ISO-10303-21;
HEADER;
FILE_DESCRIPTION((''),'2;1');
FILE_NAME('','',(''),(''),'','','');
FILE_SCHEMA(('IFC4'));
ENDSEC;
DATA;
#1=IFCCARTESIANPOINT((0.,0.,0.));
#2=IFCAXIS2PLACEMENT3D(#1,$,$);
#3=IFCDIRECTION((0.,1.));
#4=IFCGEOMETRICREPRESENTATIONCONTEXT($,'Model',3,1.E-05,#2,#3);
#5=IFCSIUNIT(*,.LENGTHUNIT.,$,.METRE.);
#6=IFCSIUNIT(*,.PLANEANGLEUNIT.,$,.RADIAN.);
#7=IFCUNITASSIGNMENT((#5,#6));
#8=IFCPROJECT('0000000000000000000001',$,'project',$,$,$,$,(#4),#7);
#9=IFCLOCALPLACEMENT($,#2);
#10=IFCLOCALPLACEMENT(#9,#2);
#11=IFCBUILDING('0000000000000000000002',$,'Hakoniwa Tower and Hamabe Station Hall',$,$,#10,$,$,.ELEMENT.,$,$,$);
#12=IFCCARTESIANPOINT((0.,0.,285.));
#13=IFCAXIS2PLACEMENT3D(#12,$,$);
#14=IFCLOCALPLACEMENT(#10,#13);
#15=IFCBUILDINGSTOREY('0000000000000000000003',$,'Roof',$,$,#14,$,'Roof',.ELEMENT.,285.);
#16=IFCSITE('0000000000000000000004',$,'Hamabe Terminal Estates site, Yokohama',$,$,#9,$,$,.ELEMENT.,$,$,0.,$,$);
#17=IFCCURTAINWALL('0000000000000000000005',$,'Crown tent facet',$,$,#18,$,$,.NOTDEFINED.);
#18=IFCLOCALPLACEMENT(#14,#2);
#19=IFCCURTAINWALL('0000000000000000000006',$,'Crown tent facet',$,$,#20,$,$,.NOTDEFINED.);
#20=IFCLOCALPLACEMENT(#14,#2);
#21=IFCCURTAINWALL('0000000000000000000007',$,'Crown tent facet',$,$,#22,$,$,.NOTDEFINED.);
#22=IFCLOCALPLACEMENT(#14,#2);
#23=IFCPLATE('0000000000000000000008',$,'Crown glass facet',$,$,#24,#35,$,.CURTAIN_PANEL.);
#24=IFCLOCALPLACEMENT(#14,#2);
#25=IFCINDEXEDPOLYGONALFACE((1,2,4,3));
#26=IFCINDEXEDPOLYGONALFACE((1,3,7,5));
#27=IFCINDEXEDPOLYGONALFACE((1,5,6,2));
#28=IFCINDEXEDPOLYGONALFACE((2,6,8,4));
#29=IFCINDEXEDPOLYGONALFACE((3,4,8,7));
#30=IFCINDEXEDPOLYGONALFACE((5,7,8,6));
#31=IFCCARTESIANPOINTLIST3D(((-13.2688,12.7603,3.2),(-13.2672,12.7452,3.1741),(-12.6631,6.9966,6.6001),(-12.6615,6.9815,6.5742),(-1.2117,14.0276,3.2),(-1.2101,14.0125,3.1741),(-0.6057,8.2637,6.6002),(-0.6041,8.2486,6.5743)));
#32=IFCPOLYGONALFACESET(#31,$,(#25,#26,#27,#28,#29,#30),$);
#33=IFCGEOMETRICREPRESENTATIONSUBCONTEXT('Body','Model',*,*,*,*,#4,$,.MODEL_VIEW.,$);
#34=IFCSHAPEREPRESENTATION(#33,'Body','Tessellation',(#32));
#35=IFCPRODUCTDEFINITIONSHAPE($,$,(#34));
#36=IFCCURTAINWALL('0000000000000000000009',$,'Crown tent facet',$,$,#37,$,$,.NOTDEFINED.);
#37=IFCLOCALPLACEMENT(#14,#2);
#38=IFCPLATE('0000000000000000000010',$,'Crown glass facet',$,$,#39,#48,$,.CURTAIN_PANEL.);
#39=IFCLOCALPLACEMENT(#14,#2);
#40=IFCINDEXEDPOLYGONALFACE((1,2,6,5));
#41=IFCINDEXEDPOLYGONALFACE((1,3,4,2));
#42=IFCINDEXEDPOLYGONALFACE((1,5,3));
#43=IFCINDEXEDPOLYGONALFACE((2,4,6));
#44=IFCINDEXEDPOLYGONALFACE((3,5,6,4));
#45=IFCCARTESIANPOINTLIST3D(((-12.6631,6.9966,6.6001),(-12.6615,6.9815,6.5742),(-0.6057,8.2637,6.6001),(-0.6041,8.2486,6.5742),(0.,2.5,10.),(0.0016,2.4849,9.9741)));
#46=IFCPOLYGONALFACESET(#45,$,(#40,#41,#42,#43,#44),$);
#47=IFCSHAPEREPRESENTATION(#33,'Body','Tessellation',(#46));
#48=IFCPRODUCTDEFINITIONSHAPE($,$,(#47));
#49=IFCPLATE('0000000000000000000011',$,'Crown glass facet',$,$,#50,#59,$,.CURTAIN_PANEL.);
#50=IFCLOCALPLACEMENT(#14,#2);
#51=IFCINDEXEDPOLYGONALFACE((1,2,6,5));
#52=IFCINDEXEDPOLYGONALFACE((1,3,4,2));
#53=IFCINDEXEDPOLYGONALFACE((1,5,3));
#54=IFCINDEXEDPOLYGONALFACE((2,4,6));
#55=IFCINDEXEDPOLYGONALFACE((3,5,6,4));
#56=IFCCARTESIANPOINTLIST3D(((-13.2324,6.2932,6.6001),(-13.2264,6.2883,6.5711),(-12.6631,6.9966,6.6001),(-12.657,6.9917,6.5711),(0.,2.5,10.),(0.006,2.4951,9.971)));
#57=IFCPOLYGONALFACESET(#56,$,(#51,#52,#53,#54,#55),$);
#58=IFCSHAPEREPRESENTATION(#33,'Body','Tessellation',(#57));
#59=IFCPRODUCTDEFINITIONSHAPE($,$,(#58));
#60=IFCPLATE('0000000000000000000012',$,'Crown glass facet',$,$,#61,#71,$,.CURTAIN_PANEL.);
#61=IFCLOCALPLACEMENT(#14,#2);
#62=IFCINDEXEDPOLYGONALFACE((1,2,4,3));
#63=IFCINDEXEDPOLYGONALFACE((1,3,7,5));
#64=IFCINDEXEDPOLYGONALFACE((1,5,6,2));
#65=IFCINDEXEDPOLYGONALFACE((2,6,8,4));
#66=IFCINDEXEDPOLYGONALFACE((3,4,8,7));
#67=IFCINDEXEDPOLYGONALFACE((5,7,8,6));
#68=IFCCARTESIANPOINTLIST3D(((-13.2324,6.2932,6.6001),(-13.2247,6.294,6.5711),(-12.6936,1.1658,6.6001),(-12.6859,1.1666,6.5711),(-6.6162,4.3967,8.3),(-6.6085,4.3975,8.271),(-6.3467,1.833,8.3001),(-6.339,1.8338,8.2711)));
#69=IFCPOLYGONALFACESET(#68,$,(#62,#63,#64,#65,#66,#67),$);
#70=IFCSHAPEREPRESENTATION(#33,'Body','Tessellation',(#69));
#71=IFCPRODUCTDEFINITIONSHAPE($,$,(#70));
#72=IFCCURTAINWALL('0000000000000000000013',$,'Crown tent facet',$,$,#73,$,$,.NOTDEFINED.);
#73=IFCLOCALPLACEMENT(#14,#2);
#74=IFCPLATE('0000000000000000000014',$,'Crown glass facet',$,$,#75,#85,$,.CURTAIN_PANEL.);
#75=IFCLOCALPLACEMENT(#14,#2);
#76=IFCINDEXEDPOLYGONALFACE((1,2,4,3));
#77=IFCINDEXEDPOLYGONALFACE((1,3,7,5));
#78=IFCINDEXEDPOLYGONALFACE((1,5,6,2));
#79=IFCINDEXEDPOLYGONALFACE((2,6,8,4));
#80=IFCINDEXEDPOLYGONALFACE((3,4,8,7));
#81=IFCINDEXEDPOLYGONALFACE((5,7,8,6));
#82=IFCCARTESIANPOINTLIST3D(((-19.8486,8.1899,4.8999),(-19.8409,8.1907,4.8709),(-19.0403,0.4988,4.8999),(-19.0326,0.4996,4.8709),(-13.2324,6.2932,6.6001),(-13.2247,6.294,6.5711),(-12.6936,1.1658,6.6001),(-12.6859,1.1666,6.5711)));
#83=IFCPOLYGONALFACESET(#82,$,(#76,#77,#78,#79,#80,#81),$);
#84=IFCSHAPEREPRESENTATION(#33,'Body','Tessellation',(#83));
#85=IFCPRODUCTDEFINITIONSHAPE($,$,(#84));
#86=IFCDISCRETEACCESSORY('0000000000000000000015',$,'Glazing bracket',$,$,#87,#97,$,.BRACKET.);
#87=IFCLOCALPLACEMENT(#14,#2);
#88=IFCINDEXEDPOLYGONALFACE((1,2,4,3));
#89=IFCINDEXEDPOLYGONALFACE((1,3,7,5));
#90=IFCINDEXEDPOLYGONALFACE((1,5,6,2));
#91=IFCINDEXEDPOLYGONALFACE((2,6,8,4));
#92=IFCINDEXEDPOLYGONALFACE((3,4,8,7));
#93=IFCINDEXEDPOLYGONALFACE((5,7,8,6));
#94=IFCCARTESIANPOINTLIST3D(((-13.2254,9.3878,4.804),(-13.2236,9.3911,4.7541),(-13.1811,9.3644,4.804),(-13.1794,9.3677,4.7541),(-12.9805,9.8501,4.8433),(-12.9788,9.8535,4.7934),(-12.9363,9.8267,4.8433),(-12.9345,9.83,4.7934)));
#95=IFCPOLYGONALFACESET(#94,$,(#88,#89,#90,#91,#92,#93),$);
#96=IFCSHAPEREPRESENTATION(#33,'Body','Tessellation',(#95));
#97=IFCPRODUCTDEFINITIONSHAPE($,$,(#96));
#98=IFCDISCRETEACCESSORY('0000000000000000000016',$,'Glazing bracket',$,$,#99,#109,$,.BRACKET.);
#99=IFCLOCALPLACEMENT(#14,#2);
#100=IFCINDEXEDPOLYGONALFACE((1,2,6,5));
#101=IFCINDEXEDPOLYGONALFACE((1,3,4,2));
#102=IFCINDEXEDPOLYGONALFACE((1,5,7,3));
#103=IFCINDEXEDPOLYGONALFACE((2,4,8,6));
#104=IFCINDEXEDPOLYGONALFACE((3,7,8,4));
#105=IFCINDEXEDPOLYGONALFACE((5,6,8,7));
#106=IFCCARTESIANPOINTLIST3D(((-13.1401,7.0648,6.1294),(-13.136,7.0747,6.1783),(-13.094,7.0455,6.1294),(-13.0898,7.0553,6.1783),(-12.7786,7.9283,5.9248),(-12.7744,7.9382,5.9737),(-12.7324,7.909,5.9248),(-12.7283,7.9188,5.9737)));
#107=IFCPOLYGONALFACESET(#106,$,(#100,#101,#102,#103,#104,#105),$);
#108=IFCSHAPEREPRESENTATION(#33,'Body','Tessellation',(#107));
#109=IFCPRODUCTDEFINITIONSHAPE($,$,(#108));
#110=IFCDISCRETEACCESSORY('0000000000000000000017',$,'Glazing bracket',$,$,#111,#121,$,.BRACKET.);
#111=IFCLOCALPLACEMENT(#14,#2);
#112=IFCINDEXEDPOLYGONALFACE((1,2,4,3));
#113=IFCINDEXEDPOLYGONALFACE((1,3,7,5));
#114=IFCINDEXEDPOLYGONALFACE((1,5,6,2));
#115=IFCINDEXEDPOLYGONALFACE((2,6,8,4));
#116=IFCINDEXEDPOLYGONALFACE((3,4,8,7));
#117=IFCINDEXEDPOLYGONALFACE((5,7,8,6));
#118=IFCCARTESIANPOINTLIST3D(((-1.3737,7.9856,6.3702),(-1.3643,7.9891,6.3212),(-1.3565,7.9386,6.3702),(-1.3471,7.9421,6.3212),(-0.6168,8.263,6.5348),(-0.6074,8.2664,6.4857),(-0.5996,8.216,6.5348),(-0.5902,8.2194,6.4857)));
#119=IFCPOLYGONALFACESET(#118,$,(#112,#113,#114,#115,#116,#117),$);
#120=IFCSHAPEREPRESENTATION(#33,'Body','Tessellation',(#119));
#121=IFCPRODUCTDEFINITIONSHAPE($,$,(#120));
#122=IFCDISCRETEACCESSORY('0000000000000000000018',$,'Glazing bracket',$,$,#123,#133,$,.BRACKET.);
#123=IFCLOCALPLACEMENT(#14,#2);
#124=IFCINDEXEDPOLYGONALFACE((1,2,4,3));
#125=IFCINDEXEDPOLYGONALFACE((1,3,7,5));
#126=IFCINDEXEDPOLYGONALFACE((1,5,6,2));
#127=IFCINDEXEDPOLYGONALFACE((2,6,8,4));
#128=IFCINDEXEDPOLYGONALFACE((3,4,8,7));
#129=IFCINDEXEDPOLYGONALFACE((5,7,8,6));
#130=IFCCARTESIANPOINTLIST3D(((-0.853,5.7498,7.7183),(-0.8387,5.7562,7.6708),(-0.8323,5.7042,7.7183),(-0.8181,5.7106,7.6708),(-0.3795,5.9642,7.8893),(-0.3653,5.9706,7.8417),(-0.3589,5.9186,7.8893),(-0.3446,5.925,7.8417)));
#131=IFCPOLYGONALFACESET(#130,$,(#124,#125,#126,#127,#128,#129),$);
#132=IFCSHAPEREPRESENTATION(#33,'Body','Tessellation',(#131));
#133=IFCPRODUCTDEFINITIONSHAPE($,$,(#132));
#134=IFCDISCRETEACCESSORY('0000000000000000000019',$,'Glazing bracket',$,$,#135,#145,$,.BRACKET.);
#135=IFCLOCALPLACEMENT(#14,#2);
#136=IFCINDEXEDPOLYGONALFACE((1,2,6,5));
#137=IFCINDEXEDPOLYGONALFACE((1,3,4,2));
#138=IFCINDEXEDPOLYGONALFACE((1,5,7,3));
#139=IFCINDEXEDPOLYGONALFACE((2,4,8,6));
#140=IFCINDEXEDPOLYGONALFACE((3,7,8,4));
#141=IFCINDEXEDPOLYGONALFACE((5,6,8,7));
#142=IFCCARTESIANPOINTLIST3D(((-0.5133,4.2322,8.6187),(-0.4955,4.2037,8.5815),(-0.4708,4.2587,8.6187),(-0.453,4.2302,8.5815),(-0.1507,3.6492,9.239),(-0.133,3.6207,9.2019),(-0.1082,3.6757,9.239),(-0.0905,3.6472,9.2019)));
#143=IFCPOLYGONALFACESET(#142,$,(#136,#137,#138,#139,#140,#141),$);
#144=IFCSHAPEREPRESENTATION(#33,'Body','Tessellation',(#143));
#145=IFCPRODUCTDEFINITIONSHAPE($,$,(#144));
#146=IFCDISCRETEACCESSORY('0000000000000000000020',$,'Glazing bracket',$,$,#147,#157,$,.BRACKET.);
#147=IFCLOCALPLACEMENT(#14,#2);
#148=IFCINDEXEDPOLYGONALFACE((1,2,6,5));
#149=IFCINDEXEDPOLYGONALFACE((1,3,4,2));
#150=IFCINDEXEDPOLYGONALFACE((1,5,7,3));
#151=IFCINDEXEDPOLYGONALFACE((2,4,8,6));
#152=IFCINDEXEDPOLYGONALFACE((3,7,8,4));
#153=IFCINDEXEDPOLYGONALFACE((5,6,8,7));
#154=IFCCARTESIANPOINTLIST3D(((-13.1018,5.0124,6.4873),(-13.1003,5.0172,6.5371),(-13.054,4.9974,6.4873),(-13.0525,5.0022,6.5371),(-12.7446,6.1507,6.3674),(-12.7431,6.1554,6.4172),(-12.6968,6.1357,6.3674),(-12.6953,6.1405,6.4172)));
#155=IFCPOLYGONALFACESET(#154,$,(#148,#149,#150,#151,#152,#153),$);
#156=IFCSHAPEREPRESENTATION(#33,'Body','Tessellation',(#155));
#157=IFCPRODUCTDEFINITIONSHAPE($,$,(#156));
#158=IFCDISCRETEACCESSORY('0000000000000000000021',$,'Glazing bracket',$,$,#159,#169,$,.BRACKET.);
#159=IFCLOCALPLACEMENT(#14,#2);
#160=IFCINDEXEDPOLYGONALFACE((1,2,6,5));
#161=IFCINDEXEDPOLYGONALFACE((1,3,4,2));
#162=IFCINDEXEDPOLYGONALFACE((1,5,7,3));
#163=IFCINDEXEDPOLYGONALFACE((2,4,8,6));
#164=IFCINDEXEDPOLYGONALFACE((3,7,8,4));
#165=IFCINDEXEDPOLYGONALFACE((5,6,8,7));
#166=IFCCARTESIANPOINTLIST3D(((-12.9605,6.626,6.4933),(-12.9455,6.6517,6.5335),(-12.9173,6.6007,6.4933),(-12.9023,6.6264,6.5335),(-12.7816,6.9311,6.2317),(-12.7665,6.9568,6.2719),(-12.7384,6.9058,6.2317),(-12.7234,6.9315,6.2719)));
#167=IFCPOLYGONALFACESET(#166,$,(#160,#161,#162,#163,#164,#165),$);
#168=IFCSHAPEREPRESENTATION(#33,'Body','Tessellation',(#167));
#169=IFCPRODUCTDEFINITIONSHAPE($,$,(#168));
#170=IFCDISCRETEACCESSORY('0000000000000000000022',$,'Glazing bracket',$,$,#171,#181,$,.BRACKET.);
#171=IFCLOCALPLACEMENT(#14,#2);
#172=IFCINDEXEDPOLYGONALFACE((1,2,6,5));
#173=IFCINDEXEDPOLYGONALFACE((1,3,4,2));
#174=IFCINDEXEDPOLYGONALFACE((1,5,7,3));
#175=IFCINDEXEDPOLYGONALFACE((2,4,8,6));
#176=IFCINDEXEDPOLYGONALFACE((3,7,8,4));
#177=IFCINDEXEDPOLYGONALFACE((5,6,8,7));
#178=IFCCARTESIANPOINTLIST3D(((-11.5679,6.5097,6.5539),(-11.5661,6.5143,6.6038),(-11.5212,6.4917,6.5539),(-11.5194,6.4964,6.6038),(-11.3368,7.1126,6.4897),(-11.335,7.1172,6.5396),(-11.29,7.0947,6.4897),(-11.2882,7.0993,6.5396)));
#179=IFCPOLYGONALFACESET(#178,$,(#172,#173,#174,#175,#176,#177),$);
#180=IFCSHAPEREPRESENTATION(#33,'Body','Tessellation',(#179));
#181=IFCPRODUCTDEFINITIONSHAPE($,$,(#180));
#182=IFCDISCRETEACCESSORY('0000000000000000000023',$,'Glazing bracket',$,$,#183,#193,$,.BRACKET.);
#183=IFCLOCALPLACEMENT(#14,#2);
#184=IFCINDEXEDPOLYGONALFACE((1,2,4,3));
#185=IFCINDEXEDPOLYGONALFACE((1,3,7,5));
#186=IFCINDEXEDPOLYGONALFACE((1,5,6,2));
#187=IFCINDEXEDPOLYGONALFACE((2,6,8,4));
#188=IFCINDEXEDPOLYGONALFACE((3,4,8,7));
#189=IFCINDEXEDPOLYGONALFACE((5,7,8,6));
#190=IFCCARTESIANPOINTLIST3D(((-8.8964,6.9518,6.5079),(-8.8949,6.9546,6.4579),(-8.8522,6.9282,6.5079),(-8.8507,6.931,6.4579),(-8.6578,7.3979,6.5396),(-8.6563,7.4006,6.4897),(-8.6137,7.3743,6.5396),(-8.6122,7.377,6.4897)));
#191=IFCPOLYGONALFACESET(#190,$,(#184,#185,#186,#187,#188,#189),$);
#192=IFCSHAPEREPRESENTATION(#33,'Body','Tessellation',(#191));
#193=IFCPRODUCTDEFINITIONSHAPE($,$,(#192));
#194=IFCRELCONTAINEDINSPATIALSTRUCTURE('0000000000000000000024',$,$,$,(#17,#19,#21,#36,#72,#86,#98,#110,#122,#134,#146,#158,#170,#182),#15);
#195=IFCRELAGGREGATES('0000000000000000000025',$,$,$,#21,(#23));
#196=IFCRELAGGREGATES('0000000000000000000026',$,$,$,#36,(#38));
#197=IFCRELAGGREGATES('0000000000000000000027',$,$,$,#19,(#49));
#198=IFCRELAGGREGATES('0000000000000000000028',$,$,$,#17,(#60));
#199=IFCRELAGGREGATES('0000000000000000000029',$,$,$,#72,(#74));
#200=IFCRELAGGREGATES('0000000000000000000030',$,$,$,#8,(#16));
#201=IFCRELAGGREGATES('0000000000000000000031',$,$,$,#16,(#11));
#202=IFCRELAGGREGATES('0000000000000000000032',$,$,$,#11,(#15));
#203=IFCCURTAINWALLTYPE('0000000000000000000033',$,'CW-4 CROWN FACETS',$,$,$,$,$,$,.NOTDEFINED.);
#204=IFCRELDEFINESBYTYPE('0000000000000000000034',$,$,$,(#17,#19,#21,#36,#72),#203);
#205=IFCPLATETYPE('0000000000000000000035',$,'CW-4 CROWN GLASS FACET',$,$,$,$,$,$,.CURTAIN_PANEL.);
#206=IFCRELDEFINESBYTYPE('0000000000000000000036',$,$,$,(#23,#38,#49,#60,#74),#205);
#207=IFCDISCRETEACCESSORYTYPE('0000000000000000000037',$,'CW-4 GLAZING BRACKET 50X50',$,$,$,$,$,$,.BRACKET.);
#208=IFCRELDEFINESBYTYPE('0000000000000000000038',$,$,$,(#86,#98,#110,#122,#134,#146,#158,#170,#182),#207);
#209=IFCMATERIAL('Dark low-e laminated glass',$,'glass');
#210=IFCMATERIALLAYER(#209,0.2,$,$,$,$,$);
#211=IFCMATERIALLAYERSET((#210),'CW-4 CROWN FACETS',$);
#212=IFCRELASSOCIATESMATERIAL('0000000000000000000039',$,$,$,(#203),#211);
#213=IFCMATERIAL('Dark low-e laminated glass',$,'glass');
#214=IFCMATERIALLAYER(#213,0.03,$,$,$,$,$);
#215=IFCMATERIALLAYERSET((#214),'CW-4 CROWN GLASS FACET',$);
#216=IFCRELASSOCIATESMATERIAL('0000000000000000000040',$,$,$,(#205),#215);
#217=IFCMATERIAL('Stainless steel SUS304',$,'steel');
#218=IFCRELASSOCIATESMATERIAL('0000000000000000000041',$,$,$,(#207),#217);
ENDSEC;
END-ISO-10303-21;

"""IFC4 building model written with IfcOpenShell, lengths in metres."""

from ifc_helpers import new_model, si_unit, direction, frame, origin, origin_2d, place, context, subcontext, project, spatial, polyline, rectangle, outline, extrude, material, layer, layer_set, material_profile, profile_set, type_object, element, aggregate, save


model = new_model("IFC4")

# Units and contexts
model_context = context("Model", 3, precision=1e-05, world=origin(), true_north=direction((0.0, 1.0)))
body_context = subcontext(model_context, "Body", "Model", "MODEL_VIEW")
ifc_project = project(units=[si_unit("LENGTHUNIT", "METRE"), si_unit("PLANEANGLEUNIT", "RADIAN")], contexts=[model_context])

# Site, building, storey
site_placement = place(None, origin())
site = spatial("IfcSite", under=ifc_project, at=site_placement, Name="Hamabe Terminal Estates site, Yokohama", CompositionType="ELEMENT", RefElevation=0.0)
building_placement = place(site_placement, origin())
building = spatial("IfcBuilding", under=site, at=building_placement, Name="Hakoniwa Tower and Hamabe Station Hall", CompositionType="ELEMENT")
storey_placement = place(building_placement, frame((0.0, 0.0, 285.0)))
storey = spatial("IfcBuildingStorey", under=building, at=storey_placement, Name="Roof", LongName="Roof", CompositionType="ELEMENT", Elevation=285.0)

# Curtain wall
ifc_material_1 = material(Name="Dark low-e laminated glass", Category="glass")
ifc_layer_1 = layer(ifc_material_1, 0.2)
ifc_layer_set_1 = layer_set([ifc_layer_1], Name="CW-4 CROWN FACETS")
curtain_wall_type = type_object("IfcCurtainWallType", Name="CW-4 CROWN FACETS", PredefinedType="NOTDEFINED", material=ifc_layer_set_1)
curtain_wall_1_placement = place(storey_placement, origin())
curtain_wall_1 = element("IfcCurtainWall", 1, at=curtain_wall_1_placement, inside=storey, type_object=curtain_wall_type, Name="Crown tent facet", PredefinedType="NOTDEFINED")

# Curtain wall
curtain_wall_2_placement = place(storey_placement, origin())
curtain_wall_2 = element("IfcCurtainWall", 2, at=curtain_wall_2_placement, inside=storey, type_object=curtain_wall_type, Name="Crown tent facet", PredefinedType="NOTDEFINED")

# Curtain wall, plate
curtain_wall_3_placement = place(storey_placement, origin())
curtain_wall_3 = element("IfcCurtainWall", 3, at=curtain_wall_3_placement, inside=storey, type_object=curtain_wall_type, Name="Crown tent facet", PredefinedType="NOTDEFINED")
ifc_material_2 = material(Name="Dark low-e laminated glass", Category="glass")
ifc_layer_2 = layer(ifc_material_2, 0.03)
ifc_layer_set_2 = layer_set([ifc_layer_2], Name="CW-4 CROWN GLASS FACET")
plate_type = type_object("IfcPlateType", Name="CW-4 CROWN GLASS FACET", PredefinedType="CURTAIN_PANEL", material=ifc_layer_set_2)
plate_1_placement = place(storey_placement, frame((-12.6631, 6.9966, 6.6001), z_axis=(-0.052892, 0.503253, 0.862519), x_axis=(-0.090147, 0.857795, -0.506025)))
plate_1 = element("IfcPlate", 4, at=plate_1_placement, type_object=plate_type, Name="Crown glass facet", PredefinedType="CURTAIN_PANEL", context=body_context, shape_type="SweptSolid", body=[
    extrude(outline(polyline([(0.0, 0.0), (6.7192, 0.0), (6.7194, -12.1236), (0.0, -12.1238), (0.0, 0.0)])), origin(), (0.0, 0.0, -1.0), 0.03),
])
aggregate(curtain_wall_3, [plate_1])

# Curtain wall, plate
curtain_wall_4_placement = place(storey_placement, origin())
curtain_wall_4 = element("IfcCurtainWall", 5, at=curtain_wall_4_placement, inside=storey, type_object=curtain_wall_type, Name="Crown tent facet", PredefinedType="NOTDEFINED")
plate_2_placement = place(storey_placement, frame((-12.6631, 6.9966, 6.6001), z_axis=(-0.052884, 0.503235, 0.86253), x_axis=(0.994524, 0.104513, 0.0)))
plate_2 = element("IfcPlate", 6, at=plate_2_placement, type_object=plate_type, Name="Crown glass facet", PredefinedType="CURTAIN_PANEL", context=body_context, shape_type="SweptSolid", body=[
    extrude(outline(polyline([(0.0, 0.0), (12.1238, 0.0), (12.1238, -6.7191), (0.0, 0.0)])), origin(), (0.0, 0.0, -1.0), 0.03),
])
aggregate(curtain_wall_4, [plate_2])

# Plate
plate_3_placement = place(storey_placement, frame((-13.2324, 6.2932, 6.6001), z_axis=(-0.201423, 0.16304, 0.96584), x_axis=(0.629159, 0.777276, 0.0)))
plate_3 = element("IfcPlate", 7, at=plate_3_placement, type_object=plate_type, Name="Crown glass facet", PredefinedType="CURTAIN_PANEL", context=body_context, shape_type="SweptSolid", body=[
    extrude(outline(polyline([(0.0, 0.0), (0.9049, 0.0), (5.3769, -13.12), (0.0, 0.0)])), origin(), (0.0, 0.0, -1.0), 0.03),
])
aggregate(curtain_wall_2, [plate_3])

# Plate
plate_4_placement = place(storey_placement, frame((-6.6162, 4.3967, 8.3), z_axis=(-0.255989, -0.026905, 0.966305), x_axis=(0.104555, -0.994519, 0.000008)))
plate_4 = element("IfcPlate", 8, at=plate_4_placement, type_object=plate_type, Name="Crown glass facet", PredefinedType="CURTAIN_PANEL", context=body_context, shape_type="SweptSolid", body=[
    extrude(outline(polyline([(0.0, 0.0), (2.5779, 0.0), (2.5778, -6.6044), (-2.5779, -6.6042), (0.0, 0.0)])), origin(), (0.0, 0.0, -1.0), 0.03),
])
aggregate(curtain_wall_1, [plate_4])

# Curtain wall, plate
curtain_wall_5_placement = place(storey_placement, origin())
curtain_wall_5 = element("IfcCurtainWall", 9, at=curtain_wall_5_placement, inside=storey, type_object=curtain_wall_type, Name="Crown tent facet", PredefinedType="NOTDEFINED")
plate_5_placement = place(storey_placement, frame((-13.2324, 6.2932, 6.6001), z_axis=(-0.256028, -0.026907, 0.966295), x_axis=(0.10451, -0.994524, -0.000002)))
plate_5 = element("IfcPlate", 10, at=plate_5_placement, type_object=plate_type, Name="Crown glass facet", PredefinedType="CURTAIN_PANEL", context=body_context, shape_type="SweptSolid", body=[
    extrude(outline(polyline([(0.0, 0.0), (5.1557, 0.0), (5.1557, -6.6042), (-2.5778, -6.6043), (0.0, 0.0)])), origin(), (0.0, 0.0, -1.0), 0.03),
])
aggregate(curtain_wall_5, [plate_5])

# Discrete accessories
ifc_material_3 = material(Name="Stainless steel SUS304", Category="steel")
ifc_material_profile_1 = material_profile(ifc_material_3, rectangle(XDim=0.05, YDim=0.05, at=origin_2d()), Name="CW-4 GLAZING BRACKET 50X50")
ifc_profile_set_1 = profile_set([ifc_material_profile_1], Name="Stainless steel SUS304")
discrete_accessory_type = type_object("IfcDiscreteAccessoryType", Name="CW-4 GLAZING BRACKET 50X50", PredefinedType="BRACKET", material=ifc_profile_set_1)
discrete_accessory_1_placement = place(storey_placement, frame((-12.9575, 9.8401, 4.8184), z_axis=(-0.46668, -0.881248, -0.074911), x_axis=(0.883731, -0.467995, 0.0)))
element("IfcDiscreteAccessory", 11, at=discrete_accessory_1_placement, inside=storey, type_object=discrete_accessory_type, Name="Glazing bracket", PredefinedType="BRACKET", context=body_context, shape_type="SweptSolid", body=[
    extrude(rectangle(XDim=0.05, YDim=0.05, at=origin_2d()), origin(), (0.0, 0.0, 1.0), 0.5247),
])
discrete_accessory_2_placement = place(storey_placement, frame((-12.7534, 7.9236, 5.9492), z_axis=(-0.377321, -0.901136, 0.213501), x_axis=(0.922404, -0.386226, 0.0)))
element("IfcDiscreteAccessory", 12, at=discrete_accessory_2_placement, inside=storey, type_object=discrete_accessory_type, Name="Glazing bracket", PredefinedType="BRACKET", context=body_context, shape_type="SweptSolid", body=[
    extrude(rectangle(XDim=0.05, YDim=0.05, at=origin_2d()), origin(), (0.0, 0.0, 1.0), 0.9583),
])
discrete_accessory_3_placement = place(storey_placement, frame((-0.6035, 8.2412, 6.5103), z_axis=(-0.919967, -0.337124, -0.200019), x_axis=(0.344077, -0.938942, 0.0)))
element("IfcDiscreteAccessory", 13, at=discrete_accessory_3_placement, inside=storey, type_object=discrete_accessory_type, Name="Glazing bracket", PredefinedType="BRACKET", context=body_context, shape_type="SweptSolid", body=[
    extrude(rectangle(XDim=0.05, YDim=0.05, at=origin_2d()), origin(), (0.0, 0.0, 1.0), 0.8228),
])
discrete_accessory_4_placement = place(storey_placement, frame((-0.3621, 5.9446, 7.8655), z_axis=(-0.865366, -0.391847, -0.312406), x_axis=(0.412493, -0.910961, 0.0)))
element("IfcDiscreteAccessory", 14, at=discrete_accessory_4_placement, inside=storey, type_object=discrete_accessory_type, Name="Glazing bracket", PredefinedType="BRACKET", context=body_context, shape_type="SweptSolid", body=[
    extrude(rectangle(XDim=0.05, YDim=0.05, at=origin_2d()), origin(), (0.0, 0.0, 1.0), 0.5471),
])
discrete_accessory_5_placement = place(storey_placement, frame((-0.1206, 3.6482, 9.2205), z_axis=(-0.391816, 0.630071, -0.67044), x_axis=(-0.849195, -0.52808, 0.0)))
element("IfcDiscreteAccessory", 15, at=discrete_accessory_5_placement, inside=storey, type_object=discrete_accessory_type, Name="Glazing bracket", PredefinedType="BRACKET", context=body_context, shape_type="SweptSolid", body=[
    extrude(rectangle(XDim=0.05, YDim=0.05, at=origin_2d()), origin(), (0.0, 0.0, 1.0), 0.9253),
])
discrete_accessory_6_placement = place(storey_placement, frame((-13.0771, 5.0073, 6.5122), z_axis=(0.297916, 0.949341, -0.099984), x_axis=(-0.954122, 0.299417, 0.0)))
element("IfcDiscreteAccessory", 16, at=discrete_accessory_6_placement, inside=storey, type_object=discrete_accessory_type, Name="Glazing bracket", PredefinedType="BRACKET", context=body_context, shape_type="SweptSolid", body=[
    extrude(rectangle(XDim=0.05, YDim=0.05, at=origin_2d()), origin(), (0.0, 0.0, 1.0), 1.199),
])
discrete_accessory_7_placement = place(storey_placement, frame((-12.9314, 6.6262, 6.5134), z_axis=(0.40666, 0.693485, -0.594733), x_axis=(-0.862625, 0.505843, 0.0)))
element("IfcDiscreteAccessory", 17, at=discrete_accessory_7_placement, inside=storey, type_object=discrete_accessory_type, Name="Glazing bracket", PredefinedType="BRACKET", context=body_context, shape_type="SweptSolid", body=[
    extrude(rectangle(XDim=0.05, YDim=0.05, at=origin_2d()), origin(), (0.0, 0.0, 1.0), 0.4399),
])
discrete_accessory_8_placement = place(storey_placement, frame((-11.3125, 7.106, 6.5146), z_axis=(-0.356235, -0.929144, 0.098933), x_axis=(0.933725, -0.357991, 0.0)))
element("IfcDiscreteAccessory", 18, at=discrete_accessory_8_placement, inside=storey, type_object=discrete_accessory_type, Name="Glazing bracket", PredefinedType="BRACKET", context=body_context, shape_type="SweptSolid", body=[
    extrude(rectangle(XDim=0.05, YDim=0.05, at=origin_2d()), origin(), (0.0, 0.0, 1.0), 0.6489),
])
discrete_accessory_9_placement = place(storey_placement, frame((-8.635, 7.3875, 6.5146), z_axis=(-0.470639, -0.8801, -0.062623), x_axis=(0.881831, -0.471565, 0.0)))
element("IfcDiscreteAccessory", 19, at=discrete_accessory_9_placement, inside=storey, type_object=discrete_accessory_type, Name="Glazing bracket", PredefinedType="BRACKET", context=body_context, shape_type="SweptSolid", body=[
    extrude(rectangle(XDim=0.05, YDim=0.05, at=origin_2d()), origin(), (0.0, 0.0, 1.0), 0.5068),
])

save(model, "model.ifc")
